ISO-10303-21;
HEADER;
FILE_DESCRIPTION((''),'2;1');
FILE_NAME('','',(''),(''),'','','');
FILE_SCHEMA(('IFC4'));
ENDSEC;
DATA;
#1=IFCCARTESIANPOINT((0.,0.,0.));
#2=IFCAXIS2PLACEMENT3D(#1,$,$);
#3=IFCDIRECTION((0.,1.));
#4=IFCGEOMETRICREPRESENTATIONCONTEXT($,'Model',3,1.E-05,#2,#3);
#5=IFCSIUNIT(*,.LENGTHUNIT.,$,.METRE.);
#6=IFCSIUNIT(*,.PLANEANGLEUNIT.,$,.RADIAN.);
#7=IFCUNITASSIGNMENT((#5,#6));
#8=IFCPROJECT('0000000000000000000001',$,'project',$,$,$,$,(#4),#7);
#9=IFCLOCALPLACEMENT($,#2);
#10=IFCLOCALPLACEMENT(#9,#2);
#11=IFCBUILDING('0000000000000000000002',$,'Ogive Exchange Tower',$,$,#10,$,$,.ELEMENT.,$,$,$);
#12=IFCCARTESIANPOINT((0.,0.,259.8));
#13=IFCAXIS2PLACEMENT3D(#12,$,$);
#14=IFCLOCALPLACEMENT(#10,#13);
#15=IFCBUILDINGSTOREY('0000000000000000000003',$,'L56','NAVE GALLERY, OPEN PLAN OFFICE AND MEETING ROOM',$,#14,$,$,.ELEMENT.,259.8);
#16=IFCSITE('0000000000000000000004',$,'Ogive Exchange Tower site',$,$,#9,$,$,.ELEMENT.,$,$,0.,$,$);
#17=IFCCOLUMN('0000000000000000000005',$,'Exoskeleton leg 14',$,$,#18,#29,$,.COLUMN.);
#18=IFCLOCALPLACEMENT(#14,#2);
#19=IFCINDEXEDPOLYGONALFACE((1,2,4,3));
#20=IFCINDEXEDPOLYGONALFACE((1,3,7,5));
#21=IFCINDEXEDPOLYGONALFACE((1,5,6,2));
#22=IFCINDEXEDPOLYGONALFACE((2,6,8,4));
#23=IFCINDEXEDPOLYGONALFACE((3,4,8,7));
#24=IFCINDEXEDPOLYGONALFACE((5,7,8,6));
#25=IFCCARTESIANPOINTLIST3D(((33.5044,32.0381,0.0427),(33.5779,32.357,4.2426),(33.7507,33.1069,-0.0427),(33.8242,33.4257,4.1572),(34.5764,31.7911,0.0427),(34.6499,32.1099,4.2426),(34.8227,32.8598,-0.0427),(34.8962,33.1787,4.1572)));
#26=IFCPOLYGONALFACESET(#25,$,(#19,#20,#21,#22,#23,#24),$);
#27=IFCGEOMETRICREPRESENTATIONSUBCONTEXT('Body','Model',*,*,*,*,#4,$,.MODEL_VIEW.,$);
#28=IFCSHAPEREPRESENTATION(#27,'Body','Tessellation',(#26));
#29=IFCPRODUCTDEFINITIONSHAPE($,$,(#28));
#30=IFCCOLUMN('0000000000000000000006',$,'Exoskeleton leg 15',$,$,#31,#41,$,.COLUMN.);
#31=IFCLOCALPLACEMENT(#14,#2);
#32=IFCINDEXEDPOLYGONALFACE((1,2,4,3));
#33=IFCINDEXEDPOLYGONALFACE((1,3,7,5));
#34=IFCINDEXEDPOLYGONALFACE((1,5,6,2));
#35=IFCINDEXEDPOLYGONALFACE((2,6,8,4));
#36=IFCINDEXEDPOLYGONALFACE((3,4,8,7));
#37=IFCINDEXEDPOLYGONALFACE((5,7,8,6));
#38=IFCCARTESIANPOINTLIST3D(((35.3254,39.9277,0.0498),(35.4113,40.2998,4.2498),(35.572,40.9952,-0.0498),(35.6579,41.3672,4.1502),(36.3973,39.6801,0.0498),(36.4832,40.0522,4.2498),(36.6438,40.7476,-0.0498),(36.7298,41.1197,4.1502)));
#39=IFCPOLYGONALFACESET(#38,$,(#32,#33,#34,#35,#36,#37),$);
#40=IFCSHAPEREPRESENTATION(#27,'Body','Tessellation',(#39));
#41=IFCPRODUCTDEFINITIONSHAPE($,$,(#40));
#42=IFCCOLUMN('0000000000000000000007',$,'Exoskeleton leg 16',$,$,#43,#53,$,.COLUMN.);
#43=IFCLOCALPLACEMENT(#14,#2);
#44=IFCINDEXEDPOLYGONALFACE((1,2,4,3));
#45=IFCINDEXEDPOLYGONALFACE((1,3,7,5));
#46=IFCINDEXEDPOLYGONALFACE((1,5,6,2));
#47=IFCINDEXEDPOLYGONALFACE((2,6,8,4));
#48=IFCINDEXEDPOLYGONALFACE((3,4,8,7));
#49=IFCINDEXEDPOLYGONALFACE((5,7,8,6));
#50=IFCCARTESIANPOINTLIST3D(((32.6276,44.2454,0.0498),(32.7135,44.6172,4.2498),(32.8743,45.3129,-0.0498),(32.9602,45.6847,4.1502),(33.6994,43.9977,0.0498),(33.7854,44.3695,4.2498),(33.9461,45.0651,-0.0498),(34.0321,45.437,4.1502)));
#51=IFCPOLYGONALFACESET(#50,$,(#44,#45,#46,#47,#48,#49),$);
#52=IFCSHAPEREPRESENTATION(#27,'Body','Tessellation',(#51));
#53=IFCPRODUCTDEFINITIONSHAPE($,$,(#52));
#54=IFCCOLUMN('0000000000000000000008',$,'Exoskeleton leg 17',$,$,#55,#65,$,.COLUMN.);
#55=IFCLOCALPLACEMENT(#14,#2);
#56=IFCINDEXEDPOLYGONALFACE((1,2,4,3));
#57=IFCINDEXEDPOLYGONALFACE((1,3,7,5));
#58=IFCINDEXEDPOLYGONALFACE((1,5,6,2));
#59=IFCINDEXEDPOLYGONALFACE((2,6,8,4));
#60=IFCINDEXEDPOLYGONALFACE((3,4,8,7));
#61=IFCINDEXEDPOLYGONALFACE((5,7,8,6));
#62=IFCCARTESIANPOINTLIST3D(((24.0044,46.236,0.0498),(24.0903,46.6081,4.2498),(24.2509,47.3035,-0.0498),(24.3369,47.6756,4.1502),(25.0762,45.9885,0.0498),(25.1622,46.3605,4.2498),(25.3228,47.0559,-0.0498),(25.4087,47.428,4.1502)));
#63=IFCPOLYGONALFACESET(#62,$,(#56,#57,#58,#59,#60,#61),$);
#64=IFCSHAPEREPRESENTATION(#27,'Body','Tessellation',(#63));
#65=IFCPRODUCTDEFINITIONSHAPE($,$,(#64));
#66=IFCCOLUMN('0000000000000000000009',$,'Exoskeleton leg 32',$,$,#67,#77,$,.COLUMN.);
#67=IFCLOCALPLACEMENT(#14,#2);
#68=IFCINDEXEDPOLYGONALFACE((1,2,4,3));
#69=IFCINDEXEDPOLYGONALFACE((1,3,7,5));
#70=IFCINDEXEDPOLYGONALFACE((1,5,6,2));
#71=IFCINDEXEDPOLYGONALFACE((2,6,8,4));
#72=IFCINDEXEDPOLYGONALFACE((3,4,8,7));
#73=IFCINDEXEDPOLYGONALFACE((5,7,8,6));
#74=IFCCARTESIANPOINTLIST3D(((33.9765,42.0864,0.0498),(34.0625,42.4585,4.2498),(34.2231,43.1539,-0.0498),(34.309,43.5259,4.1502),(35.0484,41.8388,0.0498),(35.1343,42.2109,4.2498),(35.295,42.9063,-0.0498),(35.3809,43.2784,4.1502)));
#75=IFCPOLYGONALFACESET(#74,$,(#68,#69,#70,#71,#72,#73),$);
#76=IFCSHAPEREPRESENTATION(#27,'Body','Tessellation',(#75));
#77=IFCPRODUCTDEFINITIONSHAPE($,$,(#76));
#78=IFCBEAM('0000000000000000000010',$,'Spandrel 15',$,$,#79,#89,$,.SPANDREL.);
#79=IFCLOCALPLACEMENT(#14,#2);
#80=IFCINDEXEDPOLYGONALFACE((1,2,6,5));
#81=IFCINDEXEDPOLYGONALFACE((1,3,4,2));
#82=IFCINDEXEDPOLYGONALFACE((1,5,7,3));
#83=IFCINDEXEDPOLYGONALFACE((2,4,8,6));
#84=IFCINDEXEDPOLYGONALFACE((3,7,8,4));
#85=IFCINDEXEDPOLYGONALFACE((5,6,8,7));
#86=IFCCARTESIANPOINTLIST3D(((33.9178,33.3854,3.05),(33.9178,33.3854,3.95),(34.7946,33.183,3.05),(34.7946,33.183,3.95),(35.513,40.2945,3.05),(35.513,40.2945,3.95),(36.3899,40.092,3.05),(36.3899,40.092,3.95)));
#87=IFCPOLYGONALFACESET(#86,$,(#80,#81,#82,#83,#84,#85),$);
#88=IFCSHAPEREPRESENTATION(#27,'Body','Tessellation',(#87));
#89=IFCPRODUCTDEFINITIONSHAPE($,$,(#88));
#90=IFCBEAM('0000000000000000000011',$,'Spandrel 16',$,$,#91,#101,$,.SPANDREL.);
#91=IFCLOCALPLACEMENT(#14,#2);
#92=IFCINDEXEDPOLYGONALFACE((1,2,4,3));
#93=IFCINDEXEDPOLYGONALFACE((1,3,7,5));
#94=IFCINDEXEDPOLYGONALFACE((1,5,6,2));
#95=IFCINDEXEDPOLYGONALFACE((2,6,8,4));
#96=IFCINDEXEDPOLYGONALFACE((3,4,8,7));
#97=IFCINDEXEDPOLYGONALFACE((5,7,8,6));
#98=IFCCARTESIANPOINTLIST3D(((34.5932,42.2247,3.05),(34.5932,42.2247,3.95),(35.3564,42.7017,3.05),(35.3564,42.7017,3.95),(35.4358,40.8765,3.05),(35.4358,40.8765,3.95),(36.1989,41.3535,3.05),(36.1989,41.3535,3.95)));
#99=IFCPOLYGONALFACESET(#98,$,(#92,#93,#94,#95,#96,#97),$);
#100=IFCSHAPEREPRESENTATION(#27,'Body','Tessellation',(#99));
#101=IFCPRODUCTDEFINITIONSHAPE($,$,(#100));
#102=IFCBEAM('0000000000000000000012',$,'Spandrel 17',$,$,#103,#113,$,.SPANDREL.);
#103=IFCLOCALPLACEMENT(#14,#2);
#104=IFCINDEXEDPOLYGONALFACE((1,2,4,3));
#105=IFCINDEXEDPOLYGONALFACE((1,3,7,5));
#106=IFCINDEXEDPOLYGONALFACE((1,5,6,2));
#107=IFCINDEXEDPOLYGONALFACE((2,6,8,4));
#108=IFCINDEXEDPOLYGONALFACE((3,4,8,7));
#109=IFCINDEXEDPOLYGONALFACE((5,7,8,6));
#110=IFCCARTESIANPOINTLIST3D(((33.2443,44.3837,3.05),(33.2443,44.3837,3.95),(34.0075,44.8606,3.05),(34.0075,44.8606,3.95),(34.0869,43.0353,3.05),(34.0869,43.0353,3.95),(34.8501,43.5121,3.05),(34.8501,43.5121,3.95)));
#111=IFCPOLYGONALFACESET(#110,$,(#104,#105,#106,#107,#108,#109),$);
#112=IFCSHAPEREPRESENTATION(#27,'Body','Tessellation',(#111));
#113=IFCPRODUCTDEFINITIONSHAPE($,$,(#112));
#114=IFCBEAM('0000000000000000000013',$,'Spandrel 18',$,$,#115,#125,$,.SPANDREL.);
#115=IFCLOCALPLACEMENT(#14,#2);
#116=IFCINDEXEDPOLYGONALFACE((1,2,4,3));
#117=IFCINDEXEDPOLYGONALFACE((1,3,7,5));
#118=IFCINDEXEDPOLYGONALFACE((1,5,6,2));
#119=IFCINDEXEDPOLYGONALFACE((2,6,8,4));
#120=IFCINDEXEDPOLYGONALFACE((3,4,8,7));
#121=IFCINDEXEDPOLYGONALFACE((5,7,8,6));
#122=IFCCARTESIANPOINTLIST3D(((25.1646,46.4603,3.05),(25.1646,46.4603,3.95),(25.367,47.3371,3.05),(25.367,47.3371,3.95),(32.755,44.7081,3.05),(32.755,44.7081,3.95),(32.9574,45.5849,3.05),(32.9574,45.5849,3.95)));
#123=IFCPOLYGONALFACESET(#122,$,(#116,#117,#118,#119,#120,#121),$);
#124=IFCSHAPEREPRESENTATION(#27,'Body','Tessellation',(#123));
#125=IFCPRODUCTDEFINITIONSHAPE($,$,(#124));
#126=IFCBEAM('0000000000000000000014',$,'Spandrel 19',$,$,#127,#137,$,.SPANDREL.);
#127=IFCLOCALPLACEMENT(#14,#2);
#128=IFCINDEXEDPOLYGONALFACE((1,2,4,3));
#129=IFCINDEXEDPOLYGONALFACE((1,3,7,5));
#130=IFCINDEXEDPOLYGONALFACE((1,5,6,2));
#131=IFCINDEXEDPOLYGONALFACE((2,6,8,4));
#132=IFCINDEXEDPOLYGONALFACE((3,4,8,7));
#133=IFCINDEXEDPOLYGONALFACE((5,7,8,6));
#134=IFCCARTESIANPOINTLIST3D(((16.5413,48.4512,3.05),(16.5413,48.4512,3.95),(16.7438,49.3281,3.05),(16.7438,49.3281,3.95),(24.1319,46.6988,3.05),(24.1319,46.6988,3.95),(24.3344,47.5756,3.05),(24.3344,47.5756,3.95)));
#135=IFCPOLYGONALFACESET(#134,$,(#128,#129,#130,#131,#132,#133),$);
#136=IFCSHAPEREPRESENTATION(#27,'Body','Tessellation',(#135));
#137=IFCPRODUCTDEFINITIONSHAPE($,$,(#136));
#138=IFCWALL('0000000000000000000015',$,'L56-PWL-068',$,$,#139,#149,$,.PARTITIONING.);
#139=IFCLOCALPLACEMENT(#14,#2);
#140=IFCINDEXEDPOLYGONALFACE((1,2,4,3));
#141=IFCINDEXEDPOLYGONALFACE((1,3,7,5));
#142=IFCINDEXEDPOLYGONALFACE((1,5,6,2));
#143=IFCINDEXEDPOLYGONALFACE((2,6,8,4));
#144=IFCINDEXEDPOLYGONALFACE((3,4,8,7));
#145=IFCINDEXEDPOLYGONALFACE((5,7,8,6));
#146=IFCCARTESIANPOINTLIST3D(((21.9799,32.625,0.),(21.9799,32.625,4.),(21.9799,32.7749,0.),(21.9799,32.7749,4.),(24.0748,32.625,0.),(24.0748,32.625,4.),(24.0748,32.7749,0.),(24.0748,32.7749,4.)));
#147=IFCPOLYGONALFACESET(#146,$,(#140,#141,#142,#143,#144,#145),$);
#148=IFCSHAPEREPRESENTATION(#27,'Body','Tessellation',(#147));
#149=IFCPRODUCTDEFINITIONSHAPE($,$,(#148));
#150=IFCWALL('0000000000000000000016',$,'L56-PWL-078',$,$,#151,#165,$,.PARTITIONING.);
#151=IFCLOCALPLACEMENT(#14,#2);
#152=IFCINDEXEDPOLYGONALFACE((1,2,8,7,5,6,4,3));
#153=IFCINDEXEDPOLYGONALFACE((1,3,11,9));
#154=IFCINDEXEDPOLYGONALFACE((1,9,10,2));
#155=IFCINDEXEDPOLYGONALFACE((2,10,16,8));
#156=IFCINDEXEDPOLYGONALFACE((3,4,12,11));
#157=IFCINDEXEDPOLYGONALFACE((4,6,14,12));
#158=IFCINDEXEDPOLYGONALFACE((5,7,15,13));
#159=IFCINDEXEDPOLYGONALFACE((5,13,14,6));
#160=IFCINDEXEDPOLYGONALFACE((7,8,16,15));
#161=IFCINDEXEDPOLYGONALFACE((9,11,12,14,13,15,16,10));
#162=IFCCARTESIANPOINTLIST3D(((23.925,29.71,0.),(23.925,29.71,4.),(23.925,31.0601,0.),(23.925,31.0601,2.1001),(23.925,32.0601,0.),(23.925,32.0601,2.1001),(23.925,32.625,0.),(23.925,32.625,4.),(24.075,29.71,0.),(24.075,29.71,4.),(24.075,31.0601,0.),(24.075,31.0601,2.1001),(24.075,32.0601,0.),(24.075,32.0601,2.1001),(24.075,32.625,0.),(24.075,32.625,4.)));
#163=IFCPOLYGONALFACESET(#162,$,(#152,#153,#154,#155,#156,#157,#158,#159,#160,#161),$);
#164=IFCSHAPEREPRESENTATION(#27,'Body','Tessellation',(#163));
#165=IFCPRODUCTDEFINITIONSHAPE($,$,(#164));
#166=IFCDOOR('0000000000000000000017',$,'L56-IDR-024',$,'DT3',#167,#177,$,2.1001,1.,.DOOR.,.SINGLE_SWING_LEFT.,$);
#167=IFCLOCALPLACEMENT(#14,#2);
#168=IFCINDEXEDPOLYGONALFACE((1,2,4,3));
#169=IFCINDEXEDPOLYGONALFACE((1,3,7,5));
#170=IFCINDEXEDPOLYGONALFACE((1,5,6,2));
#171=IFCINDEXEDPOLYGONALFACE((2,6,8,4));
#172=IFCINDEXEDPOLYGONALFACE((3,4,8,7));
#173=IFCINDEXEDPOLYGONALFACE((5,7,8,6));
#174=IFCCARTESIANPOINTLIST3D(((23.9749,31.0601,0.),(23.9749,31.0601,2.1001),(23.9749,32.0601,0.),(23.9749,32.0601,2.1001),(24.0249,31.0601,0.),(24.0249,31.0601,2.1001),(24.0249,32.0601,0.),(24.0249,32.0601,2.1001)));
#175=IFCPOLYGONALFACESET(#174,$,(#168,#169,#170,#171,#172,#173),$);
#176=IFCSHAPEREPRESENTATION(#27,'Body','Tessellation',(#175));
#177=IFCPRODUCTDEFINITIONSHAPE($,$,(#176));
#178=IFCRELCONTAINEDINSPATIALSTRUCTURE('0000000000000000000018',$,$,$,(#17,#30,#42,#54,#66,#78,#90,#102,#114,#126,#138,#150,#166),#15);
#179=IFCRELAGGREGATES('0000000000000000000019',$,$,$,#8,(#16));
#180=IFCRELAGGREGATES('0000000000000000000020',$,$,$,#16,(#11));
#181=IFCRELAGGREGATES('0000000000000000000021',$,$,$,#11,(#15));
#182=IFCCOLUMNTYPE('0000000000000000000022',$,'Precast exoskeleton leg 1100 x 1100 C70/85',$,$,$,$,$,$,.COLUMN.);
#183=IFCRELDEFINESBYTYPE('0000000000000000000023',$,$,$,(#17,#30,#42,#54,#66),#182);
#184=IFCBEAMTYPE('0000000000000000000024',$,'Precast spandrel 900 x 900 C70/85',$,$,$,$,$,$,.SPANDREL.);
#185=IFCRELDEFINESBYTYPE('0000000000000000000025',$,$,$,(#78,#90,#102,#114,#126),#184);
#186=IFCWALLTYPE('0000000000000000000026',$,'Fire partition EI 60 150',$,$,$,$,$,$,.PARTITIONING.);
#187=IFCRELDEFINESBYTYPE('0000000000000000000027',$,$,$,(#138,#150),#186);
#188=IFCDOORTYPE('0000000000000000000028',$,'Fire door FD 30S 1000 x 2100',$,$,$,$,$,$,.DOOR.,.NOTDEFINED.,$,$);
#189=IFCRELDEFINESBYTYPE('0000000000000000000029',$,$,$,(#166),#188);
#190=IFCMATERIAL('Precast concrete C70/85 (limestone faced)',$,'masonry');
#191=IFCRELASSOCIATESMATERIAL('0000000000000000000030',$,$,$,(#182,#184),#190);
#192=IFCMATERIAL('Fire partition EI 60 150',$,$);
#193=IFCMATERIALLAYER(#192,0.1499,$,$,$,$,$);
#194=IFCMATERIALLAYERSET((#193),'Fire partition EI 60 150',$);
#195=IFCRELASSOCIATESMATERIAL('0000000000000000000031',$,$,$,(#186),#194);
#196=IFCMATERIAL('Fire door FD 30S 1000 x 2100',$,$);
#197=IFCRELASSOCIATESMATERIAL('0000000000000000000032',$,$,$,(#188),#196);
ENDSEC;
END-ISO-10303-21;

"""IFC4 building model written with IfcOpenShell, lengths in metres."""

from ifc_helpers import new_model, si_unit, direction, frame, frame_2d, origin, origin_2d, place, context, subcontext, project, spatial, rectangle, extrude, material, layer, layer_set, material_profile, profile_set, type_object, element, fill, save


model = new_model("IFC4")

# Units and contexts
model_context = context("Model", 3, precision=1e-05, world=origin(), true_north=direction((0.0, 1.0)))
body_context = subcontext(model_context, "Body", "Model", "MODEL_VIEW")
ifc_project = project(units=[si_unit("LENGTHUNIT", "METRE"), si_unit("PLANEANGLEUNIT", "RADIAN")], contexts=[model_context])

# Site, building, storey
site_placement = place(None, origin())
site = spatial("IfcSite", under=ifc_project, at=site_placement, Name="Ogive Exchange Tower site", CompositionType="ELEMENT", RefElevation=0.0)
building_placement = place(site_placement, origin())
building = spatial("IfcBuilding", under=site, at=building_placement, Name="Ogive Exchange Tower", CompositionType="ELEMENT")
storey_placement = place(building_placement, frame((0.0, 0.0, 259.8)))
storey = spatial("IfcBuildingStorey", under=building, at=storey_placement, Name="L56", Description="NAVE GALLERY, OPEN PLAN OFFICE AND MEETING ROOM", CompositionType="ELEMENT", Elevation=259.8)

# Columns
ifc_material_1 = material(Name="Precast concrete C70/85 (limestone faced)", Category="masonry")
ifc_material_profile_1 = material_profile(ifc_material_1, rectangle(XDim=1.1001, YDim=1.1001, at=origin_2d()), Name="1100 x 1100")
ifc_profile_set_1 = profile_set([ifc_material_profile_1], Name="Precast concrete C70/85 (limestone faced)")
column_type = type_object("IfcColumnType", Name="Precast exoskeleton leg 1100 x 1100 C70/85", PredefinedType="COLUMN", material=ifc_profile_set_1)
column_placement = place(storey_placement, frame((34.1636, 32.449, 0.0), z_axis=(0.017444, 0.075688, 0.996979), x_axis=(-0.974454, 0.224587, 0.0)))
element("IfcColumn", 1, at=column_placement, inside=storey, type_object=column_type, Name="Exoskeleton leg 14", PredefinedType="COLUMN", context=body_context, shape_type="SweptSolid", body=[
    extrude(rectangle(XDim=1.1001, YDim=1.1001, at=origin_2d()), origin(), (0.0, 0.0, 1.0), 4.2126),
])
for number, where, z_axis, x_axis, name in (
    (2, (35.9846, 40.3376, 0.0), (0.020377, 0.088225, 0.995892), (-0.974348, 0.225046, 0.0), "Exoskeleton leg 15"),
    (3, (33.2869, 44.6553, 0.0), (0.020378, 0.088168, 0.995897), (-0.974316, 0.225187, 0.0), "Exoskeleton leg 16"),
    (4, (24.6636, 46.646, 0.0), (0.020377, 0.088225, 0.995892), (-0.974348, 0.225046, 0.0), "Exoskeleton leg 17"),
    (5, (34.6357, 42.4963, 0.0), (0.020377, 0.088225, 0.995892), (-0.974348, 0.225046, 0.0), "Exoskeleton leg 32"),
):
    element("IfcColumn", number, at=place(storey_placement, frame(where, z_axis=z_axis, x_axis=x_axis)), inside=storey, type_object=column_type, Name=name, PredefinedType="COLUMN", context=body_context, shape_type="SweptSolid", body=[
        extrude(rectangle(XDim=1.1001, YDim=1.1001, at=origin_2d()), origin(), (0.0, 0.0, 1.0), 4.2173),
    ])

# Beams
ifc_material_profile_2 = material_profile(ifc_material_1, rectangle(XDim=0.8999, YDim=0.8999, at=origin_2d()), Name="900 x 900")
ifc_profile_set_2 = profile_set([ifc_material_profile_2], Name="Precast concrete C70/85 (limestone faced)")
beam_type = type_object("IfcBeamType", Name="Precast spandrel 900 x 900 C70/85", PredefinedType="SPANDREL", material=ifc_profile_set_2)
beam_1_placement = place(storey_placement, frame((34.3562, 33.2842, 3.5), z_axis=(0.224973, 0.974365, 0.0), x_axis=(-0.974365, 0.224973, 0.0)))
element("IfcBeam", 6, at=beam_1_placement, inside=storey, type_object=beam_type, Name="Spandrel 15", PredefinedType="SPANDREL", context=body_context, shape_type="SweptSolid", body=[
    extrude(rectangle(XDim=0.8999, YDim=0.8999, at=origin_2d()), origin(), (0.0, 0.0, 1.0), 7.0908),
])
beam_2_placement = place(storey_placement, frame((35.8174, 41.115, 3.5), z_axis=(-0.529971, 0.848016, 0.0), x_axis=(-0.848016, -0.529971, 0.0)))
element("IfcBeam", 7, at=beam_2_placement, inside=storey, type_object=beam_type, Name="Spandrel 16", PredefinedType="SPANDREL", context=body_context, shape_type="SweptSolid", body=[
    extrude(rectangle(XDim=0.8999, YDim=0.8999, at=origin_2d()), origin(), (0.0, 0.0, 1.0), 1.5898),
])
beam_3_placement = place(storey_placement, frame((34.4685, 43.2737, 3.5), z_axis=(-0.529902, 0.848059, 0.0), x_axis=(-0.848059, -0.529902, 0.0)))
element("IfcBeam", 8, at=beam_3_placement, inside=storey, type_object=beam_type, Name="Spandrel 17", PredefinedType="SPANDREL", context=body_context, shape_type="SweptSolid", body=[
    extrude(rectangle(XDim=0.8999, YDim=0.8999, at=origin_2d()), origin(), (0.0, 0.0, 1.0), 1.5901),
])
beam_4_placement = place(storey_placement, frame((32.8562, 45.1465, 3.5), z_axis=(-0.974375, 0.22493, 0.0), x_axis=(-0.22493, -0.974375, 0.0)))
element("IfcBeam", 9, at=beam_4_placement, inside=storey, type_object=beam_type, Name="Spandrel 18", PredefinedType="SPANDREL", context=body_context, shape_type="SweptSolid", body=[
    extrude(rectangle(XDim=0.8999, YDim=0.8999, at=origin_2d()), origin(), (0.0, 0.0, 1.0), 7.79),
])
beam_5_placement = place(storey_placement, frame((24.2332, 47.1372, 3.5), z_axis=(-0.97437, 0.224953, 0.0), x_axis=(-0.224953, -0.97437, 0.0)))
element("IfcBeam", 10, at=beam_5_placement, inside=storey, type_object=beam_type, Name="Spandrel 19", PredefinedType="SPANDREL", context=body_context, shape_type="SweptSolid", body=[
    extrude(rectangle(XDim=0.8999, YDim=0.8999, at=origin_2d()), origin(), (0.0, 0.0, 1.0), 7.7903),
])

# Wall
ifc_material_2 = material(Name="Fire partition EI 60 150")
ifc_layer_1 = layer(ifc_material_2, 0.1499)
ifc_layer_set_1 = layer_set([ifc_layer_1], Name="Fire partition EI 60 150")
wall_type_1 = type_object("IfcWallType", Name="Fire partition EI 60 150", PredefinedType="PARTITIONING", material=ifc_layer_set_1)
wall_1_placement = place(storey_placement, frame((21.98, 32.7, 0.0), z_axis=(0.0, 0.0, 1.0), x_axis=(1.0, 0.0, 0.0)))
element("IfcWall", 11, at=wall_1_placement, inside=storey, type_object=wall_type_1, Name="L56-PWL-068", PredefinedType="PARTITIONING", context=body_context, shape_type="SweptSolid", body=[
    extrude(rectangle(XDim=2.095, YDim=0.1499, at=frame_2d((1.0474, 0.0))), origin(), (0.0, 0.0, 1.0), 4.0),
])

# Wall, opening, door
wall_2_placement = place(storey_placement, frame((24.0, 32.625, 0.0), z_axis=(0.0, 0.0, 1.0), x_axis=(0.0, -1.0, 0.0)))
wall_2 = element("IfcWall", 12, at=wall_2_placement, inside=storey, type_object=wall_type_1, Name="L56-PWL-078", PredefinedType="PARTITIONING", context=body_context, shape_type="SweptSolid", body=[
    extrude(rectangle(XDim=2.915, YDim=0.1499, at=frame_2d((1.4575, 0.0))), origin(), (0.0, 0.0, 1.0), 4.0),
])
opening_1_placement = place(wall_2_placement, frame((0.5649, 0.0, 0.0)))
opening_1 = element("IfcOpeningElement", 13, at=opening_1_placement, cuts=wall_2, PredefinedType="OPENING", context=body_context, shape_type="SweptSolid", body=[
    extrude(rectangle(XDim=1.0, YDim=2.1001, at=frame_2d((0.5, 1.05))), frame((0.0, 0.085, 0.0), z_axis=(0.0, -1.0, 0.0), x_axis=(1.0, 0.0, 0.0)), (0.0, 0.0, 1.0), 0.1699),
])
ifc_material_3 = material(Name="Fire door FD 30S 1000 x 2100")
door_type_1 = type_object("IfcDoorType", Name="Fire door FD 30S 1000 x 2100", OperationType="NOTDEFINED", PredefinedType="DOOR", material=ifc_material_3)
door_1_placement = place(opening_1_placement, origin())
door_1 = element("IfcDoor", 14, at=door_1_placement, inside=storey, type_object=door_type_1, Name="L56-IDR-024", ObjectType="DT3", OperationType="SINGLE_SWING_LEFT", OverallHeight=2.1001, OverallWidth=1.0, PredefinedType="DOOR", context=body_context, shape_type="SweptSolid", body=[
    extrude(rectangle(XDim=1.0, YDim=2.1001, at=frame_2d((0.5, 1.05))), frame((0.0, 0.0249, 0.0), z_axis=(0.0, -1.0, 0.0), x_axis=(1.0, 0.0, 0.0)), (0.0, 0.0, 1.0), 0.05),
])
fill(opening_1, door_1)

save(model, "model.ifc")
